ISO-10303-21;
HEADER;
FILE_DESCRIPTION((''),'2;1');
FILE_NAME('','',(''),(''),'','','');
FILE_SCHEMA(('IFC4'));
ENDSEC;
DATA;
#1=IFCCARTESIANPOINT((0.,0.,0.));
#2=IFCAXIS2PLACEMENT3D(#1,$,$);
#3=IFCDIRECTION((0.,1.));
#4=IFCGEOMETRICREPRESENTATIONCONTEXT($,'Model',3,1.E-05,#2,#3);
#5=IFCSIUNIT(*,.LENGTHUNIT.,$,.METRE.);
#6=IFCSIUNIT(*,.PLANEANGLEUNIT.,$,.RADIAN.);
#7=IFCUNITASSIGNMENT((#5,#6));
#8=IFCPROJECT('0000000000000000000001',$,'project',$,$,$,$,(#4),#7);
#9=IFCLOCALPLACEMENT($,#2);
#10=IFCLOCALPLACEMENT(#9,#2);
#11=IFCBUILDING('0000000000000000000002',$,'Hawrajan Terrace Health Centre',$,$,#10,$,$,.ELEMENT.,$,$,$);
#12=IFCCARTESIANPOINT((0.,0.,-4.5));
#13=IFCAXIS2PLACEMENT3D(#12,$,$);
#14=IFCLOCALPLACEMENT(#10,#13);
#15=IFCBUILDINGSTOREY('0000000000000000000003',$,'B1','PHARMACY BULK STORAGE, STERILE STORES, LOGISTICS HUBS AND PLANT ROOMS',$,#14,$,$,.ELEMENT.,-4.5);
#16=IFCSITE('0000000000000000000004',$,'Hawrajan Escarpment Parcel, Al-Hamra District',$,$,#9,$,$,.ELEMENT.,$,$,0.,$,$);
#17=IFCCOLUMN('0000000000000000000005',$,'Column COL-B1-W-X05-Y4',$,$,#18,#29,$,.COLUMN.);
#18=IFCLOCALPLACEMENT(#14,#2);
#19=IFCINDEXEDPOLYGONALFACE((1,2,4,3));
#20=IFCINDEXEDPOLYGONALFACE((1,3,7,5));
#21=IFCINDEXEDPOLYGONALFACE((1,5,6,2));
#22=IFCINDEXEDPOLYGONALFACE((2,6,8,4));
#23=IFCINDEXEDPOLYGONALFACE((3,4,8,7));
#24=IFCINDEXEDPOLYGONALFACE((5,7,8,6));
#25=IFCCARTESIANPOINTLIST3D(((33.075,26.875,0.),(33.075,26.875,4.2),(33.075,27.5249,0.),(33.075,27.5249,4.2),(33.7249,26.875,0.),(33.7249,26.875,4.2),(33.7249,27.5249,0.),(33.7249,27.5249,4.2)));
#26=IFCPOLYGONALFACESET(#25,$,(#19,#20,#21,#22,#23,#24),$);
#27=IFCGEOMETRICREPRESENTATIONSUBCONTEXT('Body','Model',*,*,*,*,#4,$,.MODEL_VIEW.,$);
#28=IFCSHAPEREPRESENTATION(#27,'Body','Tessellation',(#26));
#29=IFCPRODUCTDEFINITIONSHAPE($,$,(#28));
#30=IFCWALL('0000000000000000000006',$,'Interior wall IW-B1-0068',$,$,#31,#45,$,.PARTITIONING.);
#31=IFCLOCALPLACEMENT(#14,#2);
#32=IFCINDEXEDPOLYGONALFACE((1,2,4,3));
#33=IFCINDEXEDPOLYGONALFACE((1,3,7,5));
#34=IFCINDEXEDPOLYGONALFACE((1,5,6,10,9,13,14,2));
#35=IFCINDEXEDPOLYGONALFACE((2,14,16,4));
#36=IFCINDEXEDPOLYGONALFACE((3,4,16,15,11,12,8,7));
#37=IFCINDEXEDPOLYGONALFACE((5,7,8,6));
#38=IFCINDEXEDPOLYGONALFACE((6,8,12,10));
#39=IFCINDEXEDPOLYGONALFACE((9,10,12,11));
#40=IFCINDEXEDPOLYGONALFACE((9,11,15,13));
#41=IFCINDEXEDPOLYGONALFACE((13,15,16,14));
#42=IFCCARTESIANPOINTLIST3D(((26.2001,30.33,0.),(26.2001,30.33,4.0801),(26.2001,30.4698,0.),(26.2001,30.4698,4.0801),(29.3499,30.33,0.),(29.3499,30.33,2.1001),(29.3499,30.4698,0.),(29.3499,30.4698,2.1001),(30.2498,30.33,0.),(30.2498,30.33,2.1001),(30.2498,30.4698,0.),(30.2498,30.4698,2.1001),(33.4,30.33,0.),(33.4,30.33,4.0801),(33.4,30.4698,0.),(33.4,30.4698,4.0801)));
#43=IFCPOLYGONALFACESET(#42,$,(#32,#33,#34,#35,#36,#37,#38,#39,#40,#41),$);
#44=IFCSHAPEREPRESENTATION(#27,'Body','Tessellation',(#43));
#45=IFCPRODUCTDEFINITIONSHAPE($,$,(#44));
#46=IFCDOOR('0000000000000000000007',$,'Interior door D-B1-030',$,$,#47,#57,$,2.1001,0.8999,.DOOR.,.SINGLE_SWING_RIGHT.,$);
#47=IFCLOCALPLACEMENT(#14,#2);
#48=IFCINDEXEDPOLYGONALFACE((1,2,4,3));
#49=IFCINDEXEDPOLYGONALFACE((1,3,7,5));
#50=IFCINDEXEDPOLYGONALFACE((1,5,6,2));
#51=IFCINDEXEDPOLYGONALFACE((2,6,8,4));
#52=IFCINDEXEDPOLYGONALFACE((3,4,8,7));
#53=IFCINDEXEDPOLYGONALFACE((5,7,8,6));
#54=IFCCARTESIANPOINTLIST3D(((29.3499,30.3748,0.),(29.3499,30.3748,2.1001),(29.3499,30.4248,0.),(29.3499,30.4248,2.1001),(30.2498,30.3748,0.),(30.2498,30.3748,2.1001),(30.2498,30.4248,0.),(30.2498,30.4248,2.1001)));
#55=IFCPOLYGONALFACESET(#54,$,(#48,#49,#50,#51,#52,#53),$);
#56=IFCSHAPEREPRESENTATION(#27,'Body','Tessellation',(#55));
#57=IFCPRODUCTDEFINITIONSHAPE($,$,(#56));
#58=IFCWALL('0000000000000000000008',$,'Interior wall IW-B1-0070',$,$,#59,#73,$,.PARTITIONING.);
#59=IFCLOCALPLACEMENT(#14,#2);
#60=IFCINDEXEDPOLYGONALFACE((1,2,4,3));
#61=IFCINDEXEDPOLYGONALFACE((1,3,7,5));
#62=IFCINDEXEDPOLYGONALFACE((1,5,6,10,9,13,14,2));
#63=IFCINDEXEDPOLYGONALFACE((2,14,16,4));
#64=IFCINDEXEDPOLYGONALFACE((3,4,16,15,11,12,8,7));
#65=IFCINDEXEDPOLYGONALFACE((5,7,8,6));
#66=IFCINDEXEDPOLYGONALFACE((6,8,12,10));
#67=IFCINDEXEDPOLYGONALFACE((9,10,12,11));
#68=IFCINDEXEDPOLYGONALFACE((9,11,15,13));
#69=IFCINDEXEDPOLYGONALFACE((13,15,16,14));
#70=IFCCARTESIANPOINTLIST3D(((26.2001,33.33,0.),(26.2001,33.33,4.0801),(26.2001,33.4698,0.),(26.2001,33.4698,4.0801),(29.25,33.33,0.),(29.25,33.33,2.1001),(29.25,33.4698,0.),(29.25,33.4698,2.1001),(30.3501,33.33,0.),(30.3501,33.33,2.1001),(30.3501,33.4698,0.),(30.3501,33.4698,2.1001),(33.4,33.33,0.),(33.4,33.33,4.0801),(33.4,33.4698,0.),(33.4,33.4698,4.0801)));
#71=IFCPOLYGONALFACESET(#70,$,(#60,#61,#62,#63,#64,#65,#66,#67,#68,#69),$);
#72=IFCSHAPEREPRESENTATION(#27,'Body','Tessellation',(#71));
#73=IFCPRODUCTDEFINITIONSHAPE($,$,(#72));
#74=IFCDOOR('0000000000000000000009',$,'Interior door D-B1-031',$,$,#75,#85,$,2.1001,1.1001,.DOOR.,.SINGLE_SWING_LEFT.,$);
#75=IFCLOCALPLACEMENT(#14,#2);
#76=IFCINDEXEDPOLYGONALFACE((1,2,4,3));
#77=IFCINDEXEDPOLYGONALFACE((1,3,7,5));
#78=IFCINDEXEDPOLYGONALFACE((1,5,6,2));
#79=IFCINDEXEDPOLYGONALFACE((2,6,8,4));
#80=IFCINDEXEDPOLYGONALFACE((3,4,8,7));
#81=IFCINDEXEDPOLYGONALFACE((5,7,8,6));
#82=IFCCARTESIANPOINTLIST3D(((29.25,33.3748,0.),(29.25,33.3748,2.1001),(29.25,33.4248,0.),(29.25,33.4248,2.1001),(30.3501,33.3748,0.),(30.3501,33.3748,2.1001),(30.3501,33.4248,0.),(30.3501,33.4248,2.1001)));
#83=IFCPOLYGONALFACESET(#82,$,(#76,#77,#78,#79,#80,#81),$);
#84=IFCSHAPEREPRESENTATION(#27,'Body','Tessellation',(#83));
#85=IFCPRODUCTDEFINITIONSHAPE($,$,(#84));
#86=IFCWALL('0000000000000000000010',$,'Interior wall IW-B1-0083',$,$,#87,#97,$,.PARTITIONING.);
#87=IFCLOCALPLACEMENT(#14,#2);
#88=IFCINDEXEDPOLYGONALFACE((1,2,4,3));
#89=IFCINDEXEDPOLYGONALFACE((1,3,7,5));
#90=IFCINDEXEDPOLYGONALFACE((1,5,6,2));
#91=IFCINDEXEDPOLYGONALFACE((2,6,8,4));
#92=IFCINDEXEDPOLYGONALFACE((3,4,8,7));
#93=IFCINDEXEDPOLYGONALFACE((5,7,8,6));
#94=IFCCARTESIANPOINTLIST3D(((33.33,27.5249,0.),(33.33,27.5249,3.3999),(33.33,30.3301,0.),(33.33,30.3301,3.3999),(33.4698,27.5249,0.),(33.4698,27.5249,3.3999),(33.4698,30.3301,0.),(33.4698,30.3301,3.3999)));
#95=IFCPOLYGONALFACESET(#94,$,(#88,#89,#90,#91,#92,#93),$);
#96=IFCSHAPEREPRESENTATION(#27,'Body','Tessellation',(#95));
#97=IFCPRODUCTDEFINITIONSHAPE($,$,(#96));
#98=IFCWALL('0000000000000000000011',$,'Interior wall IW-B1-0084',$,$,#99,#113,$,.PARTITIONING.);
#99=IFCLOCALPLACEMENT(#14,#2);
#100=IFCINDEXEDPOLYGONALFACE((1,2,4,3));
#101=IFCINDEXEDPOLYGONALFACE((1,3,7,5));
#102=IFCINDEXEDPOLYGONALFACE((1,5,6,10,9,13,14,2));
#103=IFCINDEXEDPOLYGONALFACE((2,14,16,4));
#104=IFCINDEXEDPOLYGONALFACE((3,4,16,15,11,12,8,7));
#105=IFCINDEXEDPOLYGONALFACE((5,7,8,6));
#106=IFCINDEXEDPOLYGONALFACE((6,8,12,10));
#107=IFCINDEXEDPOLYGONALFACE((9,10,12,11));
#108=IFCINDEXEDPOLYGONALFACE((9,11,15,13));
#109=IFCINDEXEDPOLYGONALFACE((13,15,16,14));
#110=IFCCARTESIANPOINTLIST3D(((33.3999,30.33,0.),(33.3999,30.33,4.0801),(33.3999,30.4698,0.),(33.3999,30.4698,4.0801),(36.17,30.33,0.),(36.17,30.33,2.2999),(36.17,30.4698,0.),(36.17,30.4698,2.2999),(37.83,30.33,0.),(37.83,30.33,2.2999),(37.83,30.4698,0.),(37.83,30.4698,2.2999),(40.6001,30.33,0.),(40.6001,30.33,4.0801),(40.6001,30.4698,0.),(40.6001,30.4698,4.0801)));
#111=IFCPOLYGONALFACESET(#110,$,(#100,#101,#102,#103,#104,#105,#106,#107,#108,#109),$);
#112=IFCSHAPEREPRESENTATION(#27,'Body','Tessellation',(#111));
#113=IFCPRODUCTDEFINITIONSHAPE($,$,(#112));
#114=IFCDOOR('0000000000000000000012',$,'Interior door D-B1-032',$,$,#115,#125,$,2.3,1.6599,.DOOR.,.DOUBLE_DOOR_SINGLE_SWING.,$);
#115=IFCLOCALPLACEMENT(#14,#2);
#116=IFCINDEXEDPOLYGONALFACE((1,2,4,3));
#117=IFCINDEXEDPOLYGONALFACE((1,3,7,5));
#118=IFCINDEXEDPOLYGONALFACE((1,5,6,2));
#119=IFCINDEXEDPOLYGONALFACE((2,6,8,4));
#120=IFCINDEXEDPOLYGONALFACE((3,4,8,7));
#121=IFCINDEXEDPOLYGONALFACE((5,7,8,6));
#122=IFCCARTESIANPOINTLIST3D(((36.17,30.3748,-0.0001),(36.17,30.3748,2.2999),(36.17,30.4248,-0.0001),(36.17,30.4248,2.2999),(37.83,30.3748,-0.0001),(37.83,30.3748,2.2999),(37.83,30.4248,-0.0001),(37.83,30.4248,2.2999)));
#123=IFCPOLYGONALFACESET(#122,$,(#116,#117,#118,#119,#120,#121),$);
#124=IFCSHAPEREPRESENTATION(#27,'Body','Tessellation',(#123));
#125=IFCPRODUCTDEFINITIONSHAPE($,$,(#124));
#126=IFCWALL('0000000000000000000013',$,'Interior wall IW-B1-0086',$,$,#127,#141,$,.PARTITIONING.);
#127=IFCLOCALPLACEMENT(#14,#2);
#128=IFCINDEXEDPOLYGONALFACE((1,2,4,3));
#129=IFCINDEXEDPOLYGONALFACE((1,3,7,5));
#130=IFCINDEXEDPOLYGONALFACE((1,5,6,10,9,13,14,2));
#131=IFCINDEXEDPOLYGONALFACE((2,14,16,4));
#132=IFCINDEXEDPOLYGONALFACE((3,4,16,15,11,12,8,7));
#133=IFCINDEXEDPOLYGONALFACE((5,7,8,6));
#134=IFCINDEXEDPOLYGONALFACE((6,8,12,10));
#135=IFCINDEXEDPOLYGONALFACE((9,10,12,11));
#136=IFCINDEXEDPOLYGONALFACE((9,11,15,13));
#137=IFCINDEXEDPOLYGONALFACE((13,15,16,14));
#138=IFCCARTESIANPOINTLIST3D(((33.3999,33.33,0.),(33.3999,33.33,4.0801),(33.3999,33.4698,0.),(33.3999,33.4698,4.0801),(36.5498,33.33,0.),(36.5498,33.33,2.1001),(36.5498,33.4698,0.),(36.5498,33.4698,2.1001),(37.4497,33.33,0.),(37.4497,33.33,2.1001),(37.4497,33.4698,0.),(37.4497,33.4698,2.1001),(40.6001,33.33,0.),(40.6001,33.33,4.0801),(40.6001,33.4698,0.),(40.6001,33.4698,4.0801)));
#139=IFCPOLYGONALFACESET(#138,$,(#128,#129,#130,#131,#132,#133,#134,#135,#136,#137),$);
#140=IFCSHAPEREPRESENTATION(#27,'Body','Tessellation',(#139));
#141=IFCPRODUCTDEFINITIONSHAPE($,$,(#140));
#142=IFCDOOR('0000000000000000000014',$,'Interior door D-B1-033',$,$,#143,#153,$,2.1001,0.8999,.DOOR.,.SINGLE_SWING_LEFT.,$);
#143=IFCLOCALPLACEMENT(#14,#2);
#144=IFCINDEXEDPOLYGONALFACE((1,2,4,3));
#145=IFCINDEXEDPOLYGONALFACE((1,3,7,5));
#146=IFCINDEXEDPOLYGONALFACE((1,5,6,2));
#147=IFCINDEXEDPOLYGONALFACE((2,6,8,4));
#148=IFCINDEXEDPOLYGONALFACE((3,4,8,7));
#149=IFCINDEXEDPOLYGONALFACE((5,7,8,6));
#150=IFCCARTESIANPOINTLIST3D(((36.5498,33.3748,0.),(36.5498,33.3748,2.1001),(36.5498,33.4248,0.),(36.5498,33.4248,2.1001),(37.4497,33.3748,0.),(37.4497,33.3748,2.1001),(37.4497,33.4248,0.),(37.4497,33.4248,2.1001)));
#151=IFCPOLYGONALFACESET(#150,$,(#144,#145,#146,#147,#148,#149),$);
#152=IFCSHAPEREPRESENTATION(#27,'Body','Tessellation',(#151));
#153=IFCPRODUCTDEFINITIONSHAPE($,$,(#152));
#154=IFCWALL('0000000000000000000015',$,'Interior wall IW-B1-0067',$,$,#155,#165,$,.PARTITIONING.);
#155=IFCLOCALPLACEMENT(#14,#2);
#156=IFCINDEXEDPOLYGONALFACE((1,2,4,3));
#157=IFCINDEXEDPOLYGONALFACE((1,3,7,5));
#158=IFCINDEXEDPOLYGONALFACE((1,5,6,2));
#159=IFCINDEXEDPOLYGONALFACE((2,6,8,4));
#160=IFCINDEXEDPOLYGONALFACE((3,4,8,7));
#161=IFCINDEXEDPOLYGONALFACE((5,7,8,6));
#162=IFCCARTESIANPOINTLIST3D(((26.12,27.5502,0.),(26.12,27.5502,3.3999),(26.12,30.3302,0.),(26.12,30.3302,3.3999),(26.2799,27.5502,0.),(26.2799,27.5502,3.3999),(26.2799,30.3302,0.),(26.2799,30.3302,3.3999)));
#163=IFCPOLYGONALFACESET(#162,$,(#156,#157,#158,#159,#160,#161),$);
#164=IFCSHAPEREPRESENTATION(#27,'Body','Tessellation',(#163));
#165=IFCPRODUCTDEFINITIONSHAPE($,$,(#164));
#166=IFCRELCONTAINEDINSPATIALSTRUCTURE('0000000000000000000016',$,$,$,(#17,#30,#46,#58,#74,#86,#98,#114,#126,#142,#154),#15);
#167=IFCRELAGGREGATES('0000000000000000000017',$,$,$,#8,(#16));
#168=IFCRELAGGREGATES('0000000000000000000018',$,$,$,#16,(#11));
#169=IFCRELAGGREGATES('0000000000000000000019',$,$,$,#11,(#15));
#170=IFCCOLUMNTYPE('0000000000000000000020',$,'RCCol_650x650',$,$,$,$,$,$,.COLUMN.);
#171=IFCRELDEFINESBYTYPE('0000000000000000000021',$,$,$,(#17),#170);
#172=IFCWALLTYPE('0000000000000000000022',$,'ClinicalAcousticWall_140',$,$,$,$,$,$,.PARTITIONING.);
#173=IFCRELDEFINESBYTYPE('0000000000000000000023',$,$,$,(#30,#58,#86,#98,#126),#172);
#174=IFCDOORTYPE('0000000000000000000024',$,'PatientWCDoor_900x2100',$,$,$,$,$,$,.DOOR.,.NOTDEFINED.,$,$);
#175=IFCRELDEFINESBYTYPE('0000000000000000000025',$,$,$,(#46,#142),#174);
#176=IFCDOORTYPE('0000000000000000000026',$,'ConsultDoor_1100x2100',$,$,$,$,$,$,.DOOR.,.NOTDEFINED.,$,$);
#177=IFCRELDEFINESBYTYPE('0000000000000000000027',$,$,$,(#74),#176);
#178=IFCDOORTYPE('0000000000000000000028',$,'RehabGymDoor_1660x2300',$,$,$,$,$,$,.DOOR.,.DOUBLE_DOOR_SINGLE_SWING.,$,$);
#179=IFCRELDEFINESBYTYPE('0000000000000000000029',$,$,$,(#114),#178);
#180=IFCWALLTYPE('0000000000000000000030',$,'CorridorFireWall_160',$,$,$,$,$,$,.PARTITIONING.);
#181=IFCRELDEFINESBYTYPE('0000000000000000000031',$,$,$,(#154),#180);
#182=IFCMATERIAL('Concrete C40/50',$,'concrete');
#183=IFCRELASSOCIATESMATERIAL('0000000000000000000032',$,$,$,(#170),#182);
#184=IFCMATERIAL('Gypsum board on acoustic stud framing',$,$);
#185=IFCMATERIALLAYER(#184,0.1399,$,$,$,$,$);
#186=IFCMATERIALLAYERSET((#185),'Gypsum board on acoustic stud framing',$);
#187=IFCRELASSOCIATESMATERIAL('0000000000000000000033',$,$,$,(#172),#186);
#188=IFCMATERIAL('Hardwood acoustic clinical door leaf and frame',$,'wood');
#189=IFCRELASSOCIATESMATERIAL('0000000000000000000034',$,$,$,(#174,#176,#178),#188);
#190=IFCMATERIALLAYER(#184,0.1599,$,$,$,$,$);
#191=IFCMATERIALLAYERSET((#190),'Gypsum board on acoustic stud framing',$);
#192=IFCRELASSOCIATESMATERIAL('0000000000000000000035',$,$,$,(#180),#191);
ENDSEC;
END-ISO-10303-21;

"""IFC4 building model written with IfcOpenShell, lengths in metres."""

from ifc_helpers import new_model, si_unit, direction, frame, frame_2d, origin, origin_2d, place, context, subcontext, project, spatial, rectangle, extrude, material, layer, layer_set, material_profile, profile_set, type_object, element, fill, save


model = new_model("IFC4")

# Units and contexts
model_context = context("Model", 3, precision=1e-05, world=origin(), true_north=direction((0.0, 1.0)))
body_context = subcontext(model_context, "Body", "Model", "MODEL_VIEW")
ifc_project = project(units=[si_unit("LENGTHUNIT", "METRE"), si_unit("PLANEANGLEUNIT", "RADIAN")], contexts=[model_context])

# Site, building, storey
site_placement = place(None, origin())
site = spatial("IfcSite", under=ifc_project, at=site_placement, Name="Hawrajan Escarpment Parcel, Al-Hamra District", CompositionType="ELEMENT", RefElevation=0.0)
building_placement = place(site_placement, origin())
building = spatial("IfcBuilding", under=site, at=building_placement, Name="Hawrajan Terrace Health Centre", CompositionType="ELEMENT")
storey_placement = place(building_placement, frame((0.0, 0.0, -4.5)))
storey = spatial("IfcBuildingStorey", under=building, at=storey_placement, Name="B1", Description="PHARMACY BULK STORAGE, STERILE STORES, LOGISTICS HUBS AND PLANT ROOMS", CompositionType="ELEMENT", Elevation=-4.5)

# Shared definitions
ifc_material_1 = material(Name="Concrete C40/50", Category="concrete")

# Column
ifc_material_profile_1 = material_profile(ifc_material_1, rectangle(XDim=0.6499, YDim=0.6499, at=origin_2d()), Name="RC 650x650")
ifc_profile_set_1 = profile_set([ifc_material_profile_1], Name="Concrete C40/50")
column_type = type_object("IfcColumnType", Name="RCCol_650x650", PredefinedType="COLUMN", material=ifc_profile_set_1)
column_placement = place(storey_placement, frame((33.3999, 27.2, 0.0), z_axis=(0.0, 0.0, 1.0), x_axis=(1.0, 0.0, 0.0)))
element("IfcColumn", 1, at=column_placement, inside=storey, type_object=column_type, Name="Column COL-B1-W-X05-Y4", PredefinedType="COLUMN", context=body_context, shape_type="SweptSolid", body=[
    extrude(rectangle(XDim=0.6499, YDim=0.6499, at=origin_2d()), origin(), (0.0, 0.0, 1.0), 4.2),
])

# Walls, openings, doors
ifc_material_2 = material(Name="Gypsum board on acoustic stud framing")
ifc_layer_1 = layer(ifc_material_2, 0.1399)
ifc_layer_set_1 = layer_set([ifc_layer_1], Name="Gypsum board on acoustic stud framing")
wall_type_1 = type_object("IfcWallType", Name="ClinicalAcousticWall_140", PredefinedType="PARTITIONING", material=ifc_layer_set_1)
wall_1_placement = place(storey_placement, frame((26.2, 30.3999, 0.0), z_axis=(0.0, 0.0, 1.0), x_axis=(1.0, 0.0, 0.0)))
wall_1 = element("IfcWall", 2, at=wall_1_placement, inside=storey, type_object=wall_type_1, Name="Interior wall IW-B1-0068", PredefinedType="PARTITIONING", context=body_context, shape_type="SweptSolid", body=[
    extrude(rectangle(XDim=7.2, YDim=0.1399, at=frame_2d((3.6001, 0.0))), origin(), (0.0, 0.0, 1.0), 4.0801),
])
opening_1_placement = place(wall_1_placement, frame((3.1499, 0.0, 0.0)))
opening_1 = element("IfcOpeningElement", 3, at=opening_1_placement, cuts=wall_1, PredefinedType="OPENING", context=body_context, shape_type="SweptSolid", body=[
    extrude(rectangle(XDim=0.8999, YDim=2.1001, at=frame_2d((0.45, 1.05))), frame((0.0, 0.0798, 0.0), z_axis=(0.0, -1.0, 0.0), x_axis=(1.0, 0.0, 0.0)), (0.0, 0.0, 1.0), 0.1599),
])
ifc_material_3 = material(Name="Hardwood acoustic clinical door leaf and frame", Category="wood")
door_type_1 = type_object("IfcDoorType", Name="PatientWCDoor_900x2100", OperationType="NOTDEFINED", PredefinedType="DOOR", material=ifc_material_3)
door_1_placement = place(opening_1_placement, origin())
door_1 = element("IfcDoor", 4, at=door_1_placement, inside=storey, type_object=door_type_1, Name="Interior door D-B1-030", OperationType="SINGLE_SWING_RIGHT", OverallHeight=2.1001, OverallWidth=0.8999, PredefinedType="DOOR", context=body_context, shape_type="SweptSolid", body=[
    extrude(rectangle(XDim=0.8999, YDim=2.1001, at=frame_2d((0.45, 1.05))), frame((0.0, 0.0249, 0.0), z_axis=(0.0, -1.0, 0.0), x_axis=(1.0, 0.0, 0.0)), (0.0, 0.0, 1.0), 0.05),
])
fill(opening_1, door_1)
wall_2_placement = place(storey_placement, frame((26.2, 33.3999, 0.0), z_axis=(0.0, 0.0, 1.0), x_axis=(1.0, 0.0, 0.0)))
wall_2 = element("IfcWall", 5, at=wall_2_placement, inside=storey, type_object=wall_type_1, Name="Interior wall IW-B1-0070", PredefinedType="PARTITIONING", context=body_context, shape_type="SweptSolid", body=[
    extrude(rectangle(XDim=7.2, YDim=0.1399, at=frame_2d((3.6001, 0.0))), origin(), (0.0, 0.0, 1.0), 4.0801),
])
opening_2_placement = place(wall_2_placement, frame((3.05, 0.0, 0.0)))
opening_2 = element("IfcOpeningElement", 6, at=opening_2_placement, cuts=wall_2, PredefinedType="OPENING", context=body_context, shape_type="SweptSolid", body=[
    extrude(rectangle(XDim=1.1001, YDim=2.1001, at=frame_2d((0.55, 1.05))), frame((0.0, 0.0798, 0.0), z_axis=(0.0, -1.0, 0.0), x_axis=(1.0, 0.0, 0.0)), (0.0, 0.0, 1.0), 0.1599),
])
door_type_2 = type_object("IfcDoorType", Name="ConsultDoor_1100x2100", OperationType="NOTDEFINED", PredefinedType="DOOR", material=ifc_material_3)
door_2_placement = place(opening_2_placement, origin())
door_2 = element("IfcDoor", 7, at=door_2_placement, inside=storey, type_object=door_type_2, Name="Interior door D-B1-031", OperationType="SINGLE_SWING_LEFT", OverallHeight=2.1001, OverallWidth=1.1001, PredefinedType="DOOR", context=body_context, shape_type="SweptSolid", body=[
    extrude(rectangle(XDim=1.1001, YDim=2.1001, at=frame_2d((0.55, 1.05))), frame((0.0, 0.0249, 0.0), z_axis=(0.0, -1.0, 0.0), x_axis=(1.0, 0.0, 0.0)), (0.0, 0.0, 1.0), 0.05),
])
fill(opening_2, door_2)

# Wall
wall_3_placement = place(storey_placement, frame((33.3999, 27.5249, 0.0), z_axis=(0.0, 0.0, 1.0), x_axis=(0.0, 1.0, 0.0)))
element("IfcWall", 8, at=wall_3_placement, inside=storey, type_object=wall_type_1, Name="Interior wall IW-B1-0083", PredefinedType="PARTITIONING", context=body_context, shape_type="SweptSolid", body=[
    extrude(rectangle(XDim=2.8052, YDim=0.1399, at=frame_2d((1.4026, 0.0))), origin(), (0.0, 0.0, 1.0), 3.3999),
])

# Walls, openings, doors
wall_4_placement = place(storey_placement, frame((33.3999, 30.3999, 0.0), z_axis=(0.0, 0.0, 1.0), x_axis=(1.0, 0.0, 0.0)))
wall_4 = element("IfcWall", 9, at=wall_4_placement, inside=storey, type_object=wall_type_1, Name="Interior wall IW-B1-0084", PredefinedType="PARTITIONING", context=body_context, shape_type="SweptSolid", body=[
    extrude(rectangle(XDim=7.2002, YDim=0.1399, at=frame_2d((3.6001, 0.0))), origin(), (0.0, 0.0, 1.0), 4.0801),
])
opening_3_placement = place(wall_4_placement, frame((2.77, 0.0, 0.0)))
opening_3 = element("IfcOpeningElement", 10, at=opening_3_placement, cuts=wall_4, PredefinedType="OPENING", context=body_context, shape_type="SweptSolid", body=[
    extrude(rectangle(XDim=1.6599, YDim=2.3, at=frame_2d((0.8301, 1.1499))), frame((0.0, 0.0798, 0.0), z_axis=(0.0, -1.0, 0.0), x_axis=(1.0, 0.0, 0.0)), (0.0, 0.0, 1.0), 0.1599),
])
door_type_3 = type_object("IfcDoorType", Name="RehabGymDoor_1660x2300", OperationType="DOUBLE_DOOR_SINGLE_SWING", PredefinedType="DOOR", material=ifc_material_3)
door_3_placement = place(opening_3_placement, origin())
door_3 = element("IfcDoor", 11, at=door_3_placement, inside=storey, type_object=door_type_3, Name="Interior door D-B1-032", OperationType="DOUBLE_DOOR_SINGLE_SWING", OverallHeight=2.3, OverallWidth=1.6599, PredefinedType="DOOR", context=body_context, shape_type="SweptSolid", body=[
    extrude(rectangle(XDim=1.6599, YDim=2.3, at=frame_2d((0.8301, 1.1499))), frame((0.0, 0.0249, 0.0), z_axis=(0.0, -1.0, 0.0), x_axis=(1.0, 0.0, 0.0)), (0.0, 0.0, 1.0), 0.05),
])
fill(opening_3, door_3)
wall_5_placement = place(storey_placement, frame((33.3999, 33.3999, 0.0), z_axis=(0.0, 0.0, 1.0), x_axis=(1.0, 0.0, 0.0)))
wall_5 = element("IfcWall", 12, at=wall_5_placement, inside=storey, type_object=wall_type_1, Name="Interior wall IW-B1-0086", PredefinedType="PARTITIONING", context=body_context, shape_type="SweptSolid", body=[
    extrude(rectangle(XDim=7.2002, YDim=0.1399, at=frame_2d((3.6001, 0.0))), origin(), (0.0, 0.0, 1.0), 4.0801),
])
opening_4_placement = place(wall_5_placement, frame((3.1499, 0.0, 0.0)))
opening_4 = element("IfcOpeningElement", 13, at=opening_4_placement, cuts=wall_5, PredefinedType="OPENING", context=body_context, shape_type="SweptSolid", body=[
    extrude(rectangle(XDim=0.8999, YDim=2.1001, at=frame_2d((0.45, 1.05))), frame((0.0, 0.0798, 0.0), z_axis=(0.0, -1.0, 0.0), x_axis=(1.0, 0.0, 0.0)), (0.0, 0.0, 1.0), 0.1599),
])
door_4_placement = place(opening_4_placement, origin())
door_4 = element("IfcDoor", 14, at=door_4_placement, inside=storey, type_object=door_type_1, Name="Interior door D-B1-033", OperationType="SINGLE_SWING_LEFT", OverallHeight=2.1001, OverallWidth=0.8999, PredefinedType="DOOR", context=body_context, shape_type="SweptSolid", body=[
    extrude(rectangle(XDim=0.8999, YDim=2.1001, at=frame_2d((0.45, 1.05))), frame((0.0, 0.0249, 0.0), z_axis=(0.0, -1.0, 0.0), x_axis=(1.0, 0.0, 0.0)), (0.0, 0.0, 1.0), 0.05),
])
fill(opening_4, door_4)

# Wall
ifc_layer_2 = layer(ifc_material_2, 0.1599)
ifc_layer_set_2 = layer_set([ifc_layer_2], Name="Gypsum board on acoustic stud framing")
wall_type_2 = type_object("IfcWallType", Name="CorridorFireWall_160", PredefinedType="PARTITIONING", material=ifc_layer_set_2)
wall_6_placement = place(storey_placement, frame((26.2, 27.55, 0.0), z_axis=(0.0, 0.0, 1.0), x_axis=(0.0, 1.0, 0.0)))
element("IfcWall", 15, at=wall_6_placement, inside=storey, type_object=wall_type_2, Name="Interior wall IW-B1-0067", PredefinedType="PARTITIONING", context=body_context, shape_type="SweptSolid", body=[
    extrude(rectangle(XDim=2.78, YDim=0.1599, at=frame_2d((1.3901, 0.0))), origin(), (0.0, 0.0, 1.0), 3.3999),
])

save(model, "model.ifc")
